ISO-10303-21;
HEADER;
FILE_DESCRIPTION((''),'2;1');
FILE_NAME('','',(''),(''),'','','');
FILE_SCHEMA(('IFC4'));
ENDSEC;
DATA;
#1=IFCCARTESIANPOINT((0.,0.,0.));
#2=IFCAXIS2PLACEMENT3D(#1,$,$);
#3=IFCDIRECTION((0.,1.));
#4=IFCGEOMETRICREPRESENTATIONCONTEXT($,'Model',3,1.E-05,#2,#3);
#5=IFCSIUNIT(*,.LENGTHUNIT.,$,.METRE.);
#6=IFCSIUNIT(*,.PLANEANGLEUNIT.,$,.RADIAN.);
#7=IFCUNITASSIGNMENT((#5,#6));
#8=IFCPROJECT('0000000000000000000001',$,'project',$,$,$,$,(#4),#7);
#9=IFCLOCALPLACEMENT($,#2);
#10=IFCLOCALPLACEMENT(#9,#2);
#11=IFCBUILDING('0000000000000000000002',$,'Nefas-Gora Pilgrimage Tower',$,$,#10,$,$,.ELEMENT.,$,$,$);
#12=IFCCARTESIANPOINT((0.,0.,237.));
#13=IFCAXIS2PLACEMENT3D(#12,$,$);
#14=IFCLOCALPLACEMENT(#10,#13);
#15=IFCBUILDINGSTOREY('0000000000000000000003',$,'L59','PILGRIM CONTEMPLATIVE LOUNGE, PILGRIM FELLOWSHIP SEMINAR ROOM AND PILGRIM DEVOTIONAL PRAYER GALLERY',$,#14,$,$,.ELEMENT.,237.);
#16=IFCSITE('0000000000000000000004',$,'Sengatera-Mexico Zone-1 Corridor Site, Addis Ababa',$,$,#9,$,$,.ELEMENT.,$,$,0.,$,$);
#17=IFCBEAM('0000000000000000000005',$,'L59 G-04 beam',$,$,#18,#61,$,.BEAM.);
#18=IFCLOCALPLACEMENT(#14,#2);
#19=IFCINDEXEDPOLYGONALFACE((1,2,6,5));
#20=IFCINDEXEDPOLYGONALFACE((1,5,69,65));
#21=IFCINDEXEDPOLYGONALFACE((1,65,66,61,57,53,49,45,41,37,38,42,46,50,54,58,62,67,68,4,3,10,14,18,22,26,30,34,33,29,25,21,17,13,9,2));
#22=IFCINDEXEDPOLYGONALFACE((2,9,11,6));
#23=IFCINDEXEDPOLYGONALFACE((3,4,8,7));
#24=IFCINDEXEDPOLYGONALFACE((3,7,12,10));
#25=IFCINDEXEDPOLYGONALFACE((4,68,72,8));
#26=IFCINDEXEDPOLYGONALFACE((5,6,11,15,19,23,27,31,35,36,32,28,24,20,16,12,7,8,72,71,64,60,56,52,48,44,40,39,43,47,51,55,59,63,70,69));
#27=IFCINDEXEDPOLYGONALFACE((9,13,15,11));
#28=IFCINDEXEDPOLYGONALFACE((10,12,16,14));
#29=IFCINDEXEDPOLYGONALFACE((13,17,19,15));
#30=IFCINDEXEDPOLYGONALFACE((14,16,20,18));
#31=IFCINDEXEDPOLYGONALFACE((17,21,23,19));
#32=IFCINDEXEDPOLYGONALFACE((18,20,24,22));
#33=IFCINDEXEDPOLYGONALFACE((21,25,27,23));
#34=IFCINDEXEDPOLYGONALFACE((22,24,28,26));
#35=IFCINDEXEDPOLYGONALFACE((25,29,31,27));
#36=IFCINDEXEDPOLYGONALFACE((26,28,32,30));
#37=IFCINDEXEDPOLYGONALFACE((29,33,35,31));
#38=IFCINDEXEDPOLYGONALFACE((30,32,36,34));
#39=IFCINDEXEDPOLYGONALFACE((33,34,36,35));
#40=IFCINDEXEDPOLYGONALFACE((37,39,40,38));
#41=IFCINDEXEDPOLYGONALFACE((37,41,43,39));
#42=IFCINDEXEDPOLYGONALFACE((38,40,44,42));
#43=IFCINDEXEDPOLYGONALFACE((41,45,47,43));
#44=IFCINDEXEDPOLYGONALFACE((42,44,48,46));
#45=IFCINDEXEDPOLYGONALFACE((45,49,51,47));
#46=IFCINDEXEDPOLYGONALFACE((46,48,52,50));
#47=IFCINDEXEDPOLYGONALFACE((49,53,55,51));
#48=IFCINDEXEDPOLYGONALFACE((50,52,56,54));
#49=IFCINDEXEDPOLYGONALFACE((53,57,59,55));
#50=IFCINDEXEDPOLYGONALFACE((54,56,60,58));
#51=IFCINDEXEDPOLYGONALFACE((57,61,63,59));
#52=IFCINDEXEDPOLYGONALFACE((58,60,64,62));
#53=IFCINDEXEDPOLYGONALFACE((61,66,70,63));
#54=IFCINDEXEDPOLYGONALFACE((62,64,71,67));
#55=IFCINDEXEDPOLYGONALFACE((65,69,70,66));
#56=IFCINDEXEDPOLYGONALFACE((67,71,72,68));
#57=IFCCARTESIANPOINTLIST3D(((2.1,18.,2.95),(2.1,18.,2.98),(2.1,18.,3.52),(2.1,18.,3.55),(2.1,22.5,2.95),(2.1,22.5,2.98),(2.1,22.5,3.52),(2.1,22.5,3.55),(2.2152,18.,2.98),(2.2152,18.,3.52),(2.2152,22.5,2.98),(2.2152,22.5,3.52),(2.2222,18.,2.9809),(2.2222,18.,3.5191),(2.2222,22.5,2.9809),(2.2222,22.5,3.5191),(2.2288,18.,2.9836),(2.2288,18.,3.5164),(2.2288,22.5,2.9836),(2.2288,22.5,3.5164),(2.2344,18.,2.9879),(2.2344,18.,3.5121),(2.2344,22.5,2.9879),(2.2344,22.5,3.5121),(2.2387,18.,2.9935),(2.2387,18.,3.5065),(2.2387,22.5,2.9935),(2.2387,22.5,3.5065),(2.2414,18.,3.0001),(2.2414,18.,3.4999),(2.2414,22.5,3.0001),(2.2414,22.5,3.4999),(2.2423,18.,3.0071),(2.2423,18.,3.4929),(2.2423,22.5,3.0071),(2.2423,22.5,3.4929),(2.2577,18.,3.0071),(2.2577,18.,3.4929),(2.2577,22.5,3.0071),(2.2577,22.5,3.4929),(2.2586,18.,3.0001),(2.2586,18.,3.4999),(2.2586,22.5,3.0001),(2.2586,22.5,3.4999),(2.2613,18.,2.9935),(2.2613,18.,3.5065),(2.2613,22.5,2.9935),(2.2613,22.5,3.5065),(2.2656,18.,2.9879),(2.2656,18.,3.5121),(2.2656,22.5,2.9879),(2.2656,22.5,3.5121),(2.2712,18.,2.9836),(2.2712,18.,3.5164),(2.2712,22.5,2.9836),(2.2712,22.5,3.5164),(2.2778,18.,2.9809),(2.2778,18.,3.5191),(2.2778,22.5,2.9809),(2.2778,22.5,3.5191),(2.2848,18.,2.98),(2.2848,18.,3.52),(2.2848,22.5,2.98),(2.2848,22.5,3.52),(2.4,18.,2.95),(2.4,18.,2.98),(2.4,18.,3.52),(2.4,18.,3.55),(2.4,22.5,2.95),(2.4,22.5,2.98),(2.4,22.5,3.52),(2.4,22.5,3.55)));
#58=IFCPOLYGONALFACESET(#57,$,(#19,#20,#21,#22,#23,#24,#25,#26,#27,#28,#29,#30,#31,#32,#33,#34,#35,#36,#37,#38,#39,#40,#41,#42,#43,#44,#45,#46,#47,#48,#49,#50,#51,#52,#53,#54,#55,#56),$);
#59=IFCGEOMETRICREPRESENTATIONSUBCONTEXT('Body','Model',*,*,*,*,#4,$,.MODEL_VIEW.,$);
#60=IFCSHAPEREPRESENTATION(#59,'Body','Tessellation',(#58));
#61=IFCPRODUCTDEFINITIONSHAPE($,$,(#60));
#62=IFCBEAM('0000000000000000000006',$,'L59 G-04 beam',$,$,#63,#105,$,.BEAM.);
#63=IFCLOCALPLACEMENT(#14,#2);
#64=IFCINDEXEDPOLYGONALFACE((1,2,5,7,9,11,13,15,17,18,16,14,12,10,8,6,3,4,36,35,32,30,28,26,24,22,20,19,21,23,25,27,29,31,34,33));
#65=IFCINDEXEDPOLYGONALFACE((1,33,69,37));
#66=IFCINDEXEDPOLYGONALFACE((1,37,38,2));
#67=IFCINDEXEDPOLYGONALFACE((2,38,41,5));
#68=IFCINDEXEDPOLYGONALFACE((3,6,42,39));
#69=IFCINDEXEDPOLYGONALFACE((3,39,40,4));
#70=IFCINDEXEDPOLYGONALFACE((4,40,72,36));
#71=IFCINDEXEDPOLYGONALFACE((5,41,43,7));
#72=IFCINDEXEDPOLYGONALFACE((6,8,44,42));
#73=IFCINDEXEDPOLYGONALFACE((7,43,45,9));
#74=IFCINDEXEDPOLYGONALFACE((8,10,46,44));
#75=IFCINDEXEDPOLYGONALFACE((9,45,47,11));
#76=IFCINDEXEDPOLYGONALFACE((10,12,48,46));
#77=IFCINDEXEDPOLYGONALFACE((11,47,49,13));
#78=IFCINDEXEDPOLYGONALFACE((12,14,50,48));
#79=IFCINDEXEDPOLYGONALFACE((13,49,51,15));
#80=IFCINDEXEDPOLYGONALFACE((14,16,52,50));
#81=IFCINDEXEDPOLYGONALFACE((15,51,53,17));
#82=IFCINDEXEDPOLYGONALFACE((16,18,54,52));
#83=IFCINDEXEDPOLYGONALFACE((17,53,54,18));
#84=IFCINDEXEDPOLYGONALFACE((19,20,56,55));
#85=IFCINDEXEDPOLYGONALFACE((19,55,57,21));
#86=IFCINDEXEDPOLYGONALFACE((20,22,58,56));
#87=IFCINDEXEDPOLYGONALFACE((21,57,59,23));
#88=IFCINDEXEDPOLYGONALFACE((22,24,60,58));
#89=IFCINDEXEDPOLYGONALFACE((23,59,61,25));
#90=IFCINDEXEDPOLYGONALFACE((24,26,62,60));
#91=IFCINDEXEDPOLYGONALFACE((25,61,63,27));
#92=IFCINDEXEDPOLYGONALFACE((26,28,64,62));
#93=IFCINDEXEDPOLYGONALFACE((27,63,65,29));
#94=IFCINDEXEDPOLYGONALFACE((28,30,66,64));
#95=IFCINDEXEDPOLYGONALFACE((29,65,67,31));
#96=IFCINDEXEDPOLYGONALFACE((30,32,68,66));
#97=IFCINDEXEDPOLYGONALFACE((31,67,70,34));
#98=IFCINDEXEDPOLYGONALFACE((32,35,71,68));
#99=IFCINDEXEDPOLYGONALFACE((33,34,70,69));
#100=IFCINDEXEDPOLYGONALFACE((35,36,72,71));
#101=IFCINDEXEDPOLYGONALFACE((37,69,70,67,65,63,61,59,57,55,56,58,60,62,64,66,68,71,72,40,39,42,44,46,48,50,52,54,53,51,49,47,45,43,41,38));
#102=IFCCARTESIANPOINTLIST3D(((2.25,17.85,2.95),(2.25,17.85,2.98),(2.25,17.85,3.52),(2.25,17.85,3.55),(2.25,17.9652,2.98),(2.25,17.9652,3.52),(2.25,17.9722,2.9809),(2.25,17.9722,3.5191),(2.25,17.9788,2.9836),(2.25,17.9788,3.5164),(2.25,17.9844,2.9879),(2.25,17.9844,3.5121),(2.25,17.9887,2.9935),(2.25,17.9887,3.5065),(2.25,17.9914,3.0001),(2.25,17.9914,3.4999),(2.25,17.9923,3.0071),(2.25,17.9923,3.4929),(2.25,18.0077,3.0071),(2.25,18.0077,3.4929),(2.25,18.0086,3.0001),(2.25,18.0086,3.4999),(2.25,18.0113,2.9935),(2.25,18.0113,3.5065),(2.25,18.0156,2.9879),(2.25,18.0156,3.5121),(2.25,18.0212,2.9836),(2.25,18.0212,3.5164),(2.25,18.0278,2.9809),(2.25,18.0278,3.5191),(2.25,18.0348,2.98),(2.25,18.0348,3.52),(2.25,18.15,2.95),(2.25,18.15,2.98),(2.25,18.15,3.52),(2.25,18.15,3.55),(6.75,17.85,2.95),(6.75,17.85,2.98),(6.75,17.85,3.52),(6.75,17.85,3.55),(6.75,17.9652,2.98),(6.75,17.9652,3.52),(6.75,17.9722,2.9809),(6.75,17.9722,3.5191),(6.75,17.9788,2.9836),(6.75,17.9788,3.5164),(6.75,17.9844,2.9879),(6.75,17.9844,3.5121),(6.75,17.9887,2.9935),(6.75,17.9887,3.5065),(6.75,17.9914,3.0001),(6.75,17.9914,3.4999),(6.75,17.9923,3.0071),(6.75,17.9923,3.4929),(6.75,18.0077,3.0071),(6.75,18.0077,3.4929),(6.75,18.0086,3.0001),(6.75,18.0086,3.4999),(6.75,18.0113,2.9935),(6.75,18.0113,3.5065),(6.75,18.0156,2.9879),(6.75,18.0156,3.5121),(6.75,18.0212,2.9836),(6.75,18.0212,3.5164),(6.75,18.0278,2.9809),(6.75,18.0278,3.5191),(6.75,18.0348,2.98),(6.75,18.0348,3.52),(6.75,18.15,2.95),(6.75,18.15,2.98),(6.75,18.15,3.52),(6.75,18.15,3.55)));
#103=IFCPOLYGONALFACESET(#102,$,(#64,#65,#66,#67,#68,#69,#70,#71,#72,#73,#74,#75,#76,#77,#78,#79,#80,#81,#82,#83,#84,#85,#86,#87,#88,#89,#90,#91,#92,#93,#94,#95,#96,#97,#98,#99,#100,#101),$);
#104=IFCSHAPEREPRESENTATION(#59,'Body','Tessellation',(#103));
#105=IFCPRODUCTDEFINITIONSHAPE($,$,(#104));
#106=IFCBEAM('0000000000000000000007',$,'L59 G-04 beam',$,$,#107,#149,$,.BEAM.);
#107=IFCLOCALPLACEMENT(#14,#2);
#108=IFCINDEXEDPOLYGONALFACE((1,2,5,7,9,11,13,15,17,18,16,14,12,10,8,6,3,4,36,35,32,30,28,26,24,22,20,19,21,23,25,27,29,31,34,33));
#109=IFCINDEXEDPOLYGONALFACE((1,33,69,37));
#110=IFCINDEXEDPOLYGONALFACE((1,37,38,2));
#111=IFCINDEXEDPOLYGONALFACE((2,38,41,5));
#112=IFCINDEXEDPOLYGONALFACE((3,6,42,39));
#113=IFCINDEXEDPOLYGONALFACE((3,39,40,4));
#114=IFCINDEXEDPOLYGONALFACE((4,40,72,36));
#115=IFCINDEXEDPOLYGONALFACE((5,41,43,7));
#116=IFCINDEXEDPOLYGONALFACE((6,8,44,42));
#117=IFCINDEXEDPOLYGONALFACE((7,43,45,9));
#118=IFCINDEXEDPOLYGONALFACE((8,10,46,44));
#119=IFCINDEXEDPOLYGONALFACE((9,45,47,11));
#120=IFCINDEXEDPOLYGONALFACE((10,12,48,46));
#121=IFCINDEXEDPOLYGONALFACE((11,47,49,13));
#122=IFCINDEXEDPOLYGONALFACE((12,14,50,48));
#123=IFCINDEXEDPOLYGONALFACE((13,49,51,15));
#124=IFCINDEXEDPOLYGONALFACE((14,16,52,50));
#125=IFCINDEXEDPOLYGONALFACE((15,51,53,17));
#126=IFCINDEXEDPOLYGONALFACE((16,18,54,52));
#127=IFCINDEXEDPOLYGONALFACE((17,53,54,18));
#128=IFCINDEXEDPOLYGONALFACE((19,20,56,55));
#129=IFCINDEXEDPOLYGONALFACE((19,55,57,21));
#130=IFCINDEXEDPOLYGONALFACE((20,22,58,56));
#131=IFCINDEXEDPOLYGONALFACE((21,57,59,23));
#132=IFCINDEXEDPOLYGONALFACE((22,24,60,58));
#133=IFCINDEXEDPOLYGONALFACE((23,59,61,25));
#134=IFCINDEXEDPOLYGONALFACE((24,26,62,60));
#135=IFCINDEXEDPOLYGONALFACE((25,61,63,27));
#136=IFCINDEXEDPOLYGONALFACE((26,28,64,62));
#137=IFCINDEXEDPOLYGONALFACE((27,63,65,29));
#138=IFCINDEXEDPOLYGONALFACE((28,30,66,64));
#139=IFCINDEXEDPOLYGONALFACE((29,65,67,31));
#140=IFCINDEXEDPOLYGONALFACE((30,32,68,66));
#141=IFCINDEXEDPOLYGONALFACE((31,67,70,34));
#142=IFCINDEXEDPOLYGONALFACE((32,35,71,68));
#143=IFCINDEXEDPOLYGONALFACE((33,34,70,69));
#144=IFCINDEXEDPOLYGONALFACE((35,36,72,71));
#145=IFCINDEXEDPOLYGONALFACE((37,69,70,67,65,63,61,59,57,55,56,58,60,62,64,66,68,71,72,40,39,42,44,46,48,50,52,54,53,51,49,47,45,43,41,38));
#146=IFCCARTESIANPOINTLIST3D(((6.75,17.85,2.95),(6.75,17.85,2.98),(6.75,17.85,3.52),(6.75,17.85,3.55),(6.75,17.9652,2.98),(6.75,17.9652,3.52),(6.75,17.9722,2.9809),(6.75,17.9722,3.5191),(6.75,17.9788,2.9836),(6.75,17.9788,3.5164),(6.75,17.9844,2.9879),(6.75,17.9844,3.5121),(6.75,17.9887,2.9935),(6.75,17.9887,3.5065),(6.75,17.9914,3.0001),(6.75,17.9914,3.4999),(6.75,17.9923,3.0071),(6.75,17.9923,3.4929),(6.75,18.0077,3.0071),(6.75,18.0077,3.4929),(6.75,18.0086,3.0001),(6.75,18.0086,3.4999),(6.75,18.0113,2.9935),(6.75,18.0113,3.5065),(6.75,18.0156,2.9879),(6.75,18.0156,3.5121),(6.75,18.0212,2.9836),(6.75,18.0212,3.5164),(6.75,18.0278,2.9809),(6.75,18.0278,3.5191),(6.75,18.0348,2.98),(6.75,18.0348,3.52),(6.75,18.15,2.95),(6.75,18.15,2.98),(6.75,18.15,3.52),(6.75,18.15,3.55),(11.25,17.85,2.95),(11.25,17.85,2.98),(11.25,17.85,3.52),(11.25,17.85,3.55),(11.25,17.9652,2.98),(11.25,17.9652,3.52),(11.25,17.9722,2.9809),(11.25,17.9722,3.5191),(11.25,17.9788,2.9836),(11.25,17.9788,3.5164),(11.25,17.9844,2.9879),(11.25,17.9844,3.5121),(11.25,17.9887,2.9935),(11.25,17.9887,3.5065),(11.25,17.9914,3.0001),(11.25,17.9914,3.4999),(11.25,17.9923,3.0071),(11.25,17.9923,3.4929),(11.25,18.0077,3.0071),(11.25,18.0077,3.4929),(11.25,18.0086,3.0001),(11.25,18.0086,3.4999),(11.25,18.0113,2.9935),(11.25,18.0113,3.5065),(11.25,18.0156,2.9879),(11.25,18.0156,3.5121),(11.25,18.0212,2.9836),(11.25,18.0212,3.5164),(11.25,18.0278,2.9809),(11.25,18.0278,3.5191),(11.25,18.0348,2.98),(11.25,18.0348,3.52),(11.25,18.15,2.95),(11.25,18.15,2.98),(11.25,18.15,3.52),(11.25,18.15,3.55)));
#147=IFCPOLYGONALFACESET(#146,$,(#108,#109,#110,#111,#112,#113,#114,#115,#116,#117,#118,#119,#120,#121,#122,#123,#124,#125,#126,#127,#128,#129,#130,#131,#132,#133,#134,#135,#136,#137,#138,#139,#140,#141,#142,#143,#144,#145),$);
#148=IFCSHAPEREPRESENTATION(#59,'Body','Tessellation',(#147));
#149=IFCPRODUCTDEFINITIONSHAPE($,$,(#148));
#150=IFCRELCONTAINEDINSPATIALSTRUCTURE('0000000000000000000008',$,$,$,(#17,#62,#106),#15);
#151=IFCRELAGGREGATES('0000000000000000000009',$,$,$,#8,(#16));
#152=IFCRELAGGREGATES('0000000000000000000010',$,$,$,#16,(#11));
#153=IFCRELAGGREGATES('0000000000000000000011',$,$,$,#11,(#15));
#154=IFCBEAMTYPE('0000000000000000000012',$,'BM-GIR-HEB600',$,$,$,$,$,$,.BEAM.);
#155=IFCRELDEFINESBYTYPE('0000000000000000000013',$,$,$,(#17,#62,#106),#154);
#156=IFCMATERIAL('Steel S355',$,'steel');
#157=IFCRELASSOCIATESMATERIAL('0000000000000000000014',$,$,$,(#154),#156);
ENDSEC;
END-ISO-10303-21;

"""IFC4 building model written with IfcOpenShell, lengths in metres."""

from ifc_helpers import new_model, si_unit, direction, frame, origin, origin_2d, place, context, subcontext, project, spatial, i_section, extrude, source, transform, mapped, material, material_profile, profile_set, type_object, element, save


model = new_model("IFC4")

# Units and contexts
model_context = context("Model", 3, precision=1e-05, world=origin(), true_north=direction((0.0, 1.0)))
body_context = subcontext(model_context, "Body", "Model", "MODEL_VIEW")
ifc_project = project(units=[si_unit("LENGTHUNIT", "METRE"), si_unit("PLANEANGLEUNIT", "RADIAN")], contexts=[model_context])

# Site, building, storey
site_placement = place(None, origin())
site = spatial("IfcSite", under=ifc_project, at=site_placement, Name="Sengatera-Mexico Zone-1 Corridor Site, Addis Ababa", CompositionType="ELEMENT", RefElevation=0.0)
building_placement = place(site_placement, origin())
building = spatial("IfcBuilding", under=site, at=building_placement, Name="Nefas-Gora Pilgrimage Tower", CompositionType="ELEMENT")
storey_placement = place(building_placement, frame((0.0, 0.0, 237.0)))
storey = spatial("IfcBuildingStorey", under=building, at=storey_placement, Name="L59", Description="PILGRIM CONTEMPLATIVE LOUNGE, PILGRIM FELLOWSHIP SEMINAR ROOM AND PILGRIM DEVOTIONAL PRAYER GALLERY", CompositionType="ELEMENT", Elevation=237.0)

# Beams
ifc_material_1 = material(Name="Steel S355", Category="steel")
ifc_material_profile_1 = material_profile(ifc_material_1, i_section(OverallWidth=0.3, OverallDepth=0.6001, WebThickness=0.0154, FlangeThickness=0.03, FilletRadius=0.0271, at=origin_2d()), Name="HEB 600")
ifc_profile_set_1 = profile_set([ifc_material_profile_1], Name="Steel S355")
beam_type = type_object("IfcBeamType", Name="BM-GIR-HEB600", PredefinedType="BEAM", material=ifc_profile_set_1)
shared_shape_1 = source(origin(), body_context, "Body", "SweptSolid", [
    extrude(i_section(OverallWidth=0.3, OverallDepth=0.6001, WebThickness=0.0154, FlangeThickness=0.03, FilletRadius=0.0271, at=origin_2d()), origin(), (0.0, 0.0, 1.0), 4.5),
])
for number, where, z_axis, x_axis, name in (
    (1, (2.25, 18.0, 3.25), (0.0, 1.0, 0.0), (-1.0, 0.0, 0.0), "L59 G-04 beam"),
    (2, (2.25, 18.0, 3.25), (1.0, 0.0, 0.0), (0.0, 1.0, 0.0), "L59 G-04 beam"),
    (3, (6.75, 18.0, 3.25), (1.0, 0.0, 0.0), (0.0, 1.0, 0.0), "L59 G-04 beam"),
):
    element("IfcBeam", number, at=place(storey_placement, frame(where, z_axis=z_axis, x_axis=x_axis)), inside=storey, type_object=beam_type, Name=name, PredefinedType="BEAM", context=body_context, shape_type="MappedRepresentation", body=[
        mapped(shared_shape_1, transform((0.0, 0.0, 0.0), x_axis=(1.0, 0.0, 0.0), y_axis=(0.0, 1.0, 0.0), z_axis=(0.0, 0.0, 1.0), scale=1.0)),
    ])

save(model, "model.ifc")
